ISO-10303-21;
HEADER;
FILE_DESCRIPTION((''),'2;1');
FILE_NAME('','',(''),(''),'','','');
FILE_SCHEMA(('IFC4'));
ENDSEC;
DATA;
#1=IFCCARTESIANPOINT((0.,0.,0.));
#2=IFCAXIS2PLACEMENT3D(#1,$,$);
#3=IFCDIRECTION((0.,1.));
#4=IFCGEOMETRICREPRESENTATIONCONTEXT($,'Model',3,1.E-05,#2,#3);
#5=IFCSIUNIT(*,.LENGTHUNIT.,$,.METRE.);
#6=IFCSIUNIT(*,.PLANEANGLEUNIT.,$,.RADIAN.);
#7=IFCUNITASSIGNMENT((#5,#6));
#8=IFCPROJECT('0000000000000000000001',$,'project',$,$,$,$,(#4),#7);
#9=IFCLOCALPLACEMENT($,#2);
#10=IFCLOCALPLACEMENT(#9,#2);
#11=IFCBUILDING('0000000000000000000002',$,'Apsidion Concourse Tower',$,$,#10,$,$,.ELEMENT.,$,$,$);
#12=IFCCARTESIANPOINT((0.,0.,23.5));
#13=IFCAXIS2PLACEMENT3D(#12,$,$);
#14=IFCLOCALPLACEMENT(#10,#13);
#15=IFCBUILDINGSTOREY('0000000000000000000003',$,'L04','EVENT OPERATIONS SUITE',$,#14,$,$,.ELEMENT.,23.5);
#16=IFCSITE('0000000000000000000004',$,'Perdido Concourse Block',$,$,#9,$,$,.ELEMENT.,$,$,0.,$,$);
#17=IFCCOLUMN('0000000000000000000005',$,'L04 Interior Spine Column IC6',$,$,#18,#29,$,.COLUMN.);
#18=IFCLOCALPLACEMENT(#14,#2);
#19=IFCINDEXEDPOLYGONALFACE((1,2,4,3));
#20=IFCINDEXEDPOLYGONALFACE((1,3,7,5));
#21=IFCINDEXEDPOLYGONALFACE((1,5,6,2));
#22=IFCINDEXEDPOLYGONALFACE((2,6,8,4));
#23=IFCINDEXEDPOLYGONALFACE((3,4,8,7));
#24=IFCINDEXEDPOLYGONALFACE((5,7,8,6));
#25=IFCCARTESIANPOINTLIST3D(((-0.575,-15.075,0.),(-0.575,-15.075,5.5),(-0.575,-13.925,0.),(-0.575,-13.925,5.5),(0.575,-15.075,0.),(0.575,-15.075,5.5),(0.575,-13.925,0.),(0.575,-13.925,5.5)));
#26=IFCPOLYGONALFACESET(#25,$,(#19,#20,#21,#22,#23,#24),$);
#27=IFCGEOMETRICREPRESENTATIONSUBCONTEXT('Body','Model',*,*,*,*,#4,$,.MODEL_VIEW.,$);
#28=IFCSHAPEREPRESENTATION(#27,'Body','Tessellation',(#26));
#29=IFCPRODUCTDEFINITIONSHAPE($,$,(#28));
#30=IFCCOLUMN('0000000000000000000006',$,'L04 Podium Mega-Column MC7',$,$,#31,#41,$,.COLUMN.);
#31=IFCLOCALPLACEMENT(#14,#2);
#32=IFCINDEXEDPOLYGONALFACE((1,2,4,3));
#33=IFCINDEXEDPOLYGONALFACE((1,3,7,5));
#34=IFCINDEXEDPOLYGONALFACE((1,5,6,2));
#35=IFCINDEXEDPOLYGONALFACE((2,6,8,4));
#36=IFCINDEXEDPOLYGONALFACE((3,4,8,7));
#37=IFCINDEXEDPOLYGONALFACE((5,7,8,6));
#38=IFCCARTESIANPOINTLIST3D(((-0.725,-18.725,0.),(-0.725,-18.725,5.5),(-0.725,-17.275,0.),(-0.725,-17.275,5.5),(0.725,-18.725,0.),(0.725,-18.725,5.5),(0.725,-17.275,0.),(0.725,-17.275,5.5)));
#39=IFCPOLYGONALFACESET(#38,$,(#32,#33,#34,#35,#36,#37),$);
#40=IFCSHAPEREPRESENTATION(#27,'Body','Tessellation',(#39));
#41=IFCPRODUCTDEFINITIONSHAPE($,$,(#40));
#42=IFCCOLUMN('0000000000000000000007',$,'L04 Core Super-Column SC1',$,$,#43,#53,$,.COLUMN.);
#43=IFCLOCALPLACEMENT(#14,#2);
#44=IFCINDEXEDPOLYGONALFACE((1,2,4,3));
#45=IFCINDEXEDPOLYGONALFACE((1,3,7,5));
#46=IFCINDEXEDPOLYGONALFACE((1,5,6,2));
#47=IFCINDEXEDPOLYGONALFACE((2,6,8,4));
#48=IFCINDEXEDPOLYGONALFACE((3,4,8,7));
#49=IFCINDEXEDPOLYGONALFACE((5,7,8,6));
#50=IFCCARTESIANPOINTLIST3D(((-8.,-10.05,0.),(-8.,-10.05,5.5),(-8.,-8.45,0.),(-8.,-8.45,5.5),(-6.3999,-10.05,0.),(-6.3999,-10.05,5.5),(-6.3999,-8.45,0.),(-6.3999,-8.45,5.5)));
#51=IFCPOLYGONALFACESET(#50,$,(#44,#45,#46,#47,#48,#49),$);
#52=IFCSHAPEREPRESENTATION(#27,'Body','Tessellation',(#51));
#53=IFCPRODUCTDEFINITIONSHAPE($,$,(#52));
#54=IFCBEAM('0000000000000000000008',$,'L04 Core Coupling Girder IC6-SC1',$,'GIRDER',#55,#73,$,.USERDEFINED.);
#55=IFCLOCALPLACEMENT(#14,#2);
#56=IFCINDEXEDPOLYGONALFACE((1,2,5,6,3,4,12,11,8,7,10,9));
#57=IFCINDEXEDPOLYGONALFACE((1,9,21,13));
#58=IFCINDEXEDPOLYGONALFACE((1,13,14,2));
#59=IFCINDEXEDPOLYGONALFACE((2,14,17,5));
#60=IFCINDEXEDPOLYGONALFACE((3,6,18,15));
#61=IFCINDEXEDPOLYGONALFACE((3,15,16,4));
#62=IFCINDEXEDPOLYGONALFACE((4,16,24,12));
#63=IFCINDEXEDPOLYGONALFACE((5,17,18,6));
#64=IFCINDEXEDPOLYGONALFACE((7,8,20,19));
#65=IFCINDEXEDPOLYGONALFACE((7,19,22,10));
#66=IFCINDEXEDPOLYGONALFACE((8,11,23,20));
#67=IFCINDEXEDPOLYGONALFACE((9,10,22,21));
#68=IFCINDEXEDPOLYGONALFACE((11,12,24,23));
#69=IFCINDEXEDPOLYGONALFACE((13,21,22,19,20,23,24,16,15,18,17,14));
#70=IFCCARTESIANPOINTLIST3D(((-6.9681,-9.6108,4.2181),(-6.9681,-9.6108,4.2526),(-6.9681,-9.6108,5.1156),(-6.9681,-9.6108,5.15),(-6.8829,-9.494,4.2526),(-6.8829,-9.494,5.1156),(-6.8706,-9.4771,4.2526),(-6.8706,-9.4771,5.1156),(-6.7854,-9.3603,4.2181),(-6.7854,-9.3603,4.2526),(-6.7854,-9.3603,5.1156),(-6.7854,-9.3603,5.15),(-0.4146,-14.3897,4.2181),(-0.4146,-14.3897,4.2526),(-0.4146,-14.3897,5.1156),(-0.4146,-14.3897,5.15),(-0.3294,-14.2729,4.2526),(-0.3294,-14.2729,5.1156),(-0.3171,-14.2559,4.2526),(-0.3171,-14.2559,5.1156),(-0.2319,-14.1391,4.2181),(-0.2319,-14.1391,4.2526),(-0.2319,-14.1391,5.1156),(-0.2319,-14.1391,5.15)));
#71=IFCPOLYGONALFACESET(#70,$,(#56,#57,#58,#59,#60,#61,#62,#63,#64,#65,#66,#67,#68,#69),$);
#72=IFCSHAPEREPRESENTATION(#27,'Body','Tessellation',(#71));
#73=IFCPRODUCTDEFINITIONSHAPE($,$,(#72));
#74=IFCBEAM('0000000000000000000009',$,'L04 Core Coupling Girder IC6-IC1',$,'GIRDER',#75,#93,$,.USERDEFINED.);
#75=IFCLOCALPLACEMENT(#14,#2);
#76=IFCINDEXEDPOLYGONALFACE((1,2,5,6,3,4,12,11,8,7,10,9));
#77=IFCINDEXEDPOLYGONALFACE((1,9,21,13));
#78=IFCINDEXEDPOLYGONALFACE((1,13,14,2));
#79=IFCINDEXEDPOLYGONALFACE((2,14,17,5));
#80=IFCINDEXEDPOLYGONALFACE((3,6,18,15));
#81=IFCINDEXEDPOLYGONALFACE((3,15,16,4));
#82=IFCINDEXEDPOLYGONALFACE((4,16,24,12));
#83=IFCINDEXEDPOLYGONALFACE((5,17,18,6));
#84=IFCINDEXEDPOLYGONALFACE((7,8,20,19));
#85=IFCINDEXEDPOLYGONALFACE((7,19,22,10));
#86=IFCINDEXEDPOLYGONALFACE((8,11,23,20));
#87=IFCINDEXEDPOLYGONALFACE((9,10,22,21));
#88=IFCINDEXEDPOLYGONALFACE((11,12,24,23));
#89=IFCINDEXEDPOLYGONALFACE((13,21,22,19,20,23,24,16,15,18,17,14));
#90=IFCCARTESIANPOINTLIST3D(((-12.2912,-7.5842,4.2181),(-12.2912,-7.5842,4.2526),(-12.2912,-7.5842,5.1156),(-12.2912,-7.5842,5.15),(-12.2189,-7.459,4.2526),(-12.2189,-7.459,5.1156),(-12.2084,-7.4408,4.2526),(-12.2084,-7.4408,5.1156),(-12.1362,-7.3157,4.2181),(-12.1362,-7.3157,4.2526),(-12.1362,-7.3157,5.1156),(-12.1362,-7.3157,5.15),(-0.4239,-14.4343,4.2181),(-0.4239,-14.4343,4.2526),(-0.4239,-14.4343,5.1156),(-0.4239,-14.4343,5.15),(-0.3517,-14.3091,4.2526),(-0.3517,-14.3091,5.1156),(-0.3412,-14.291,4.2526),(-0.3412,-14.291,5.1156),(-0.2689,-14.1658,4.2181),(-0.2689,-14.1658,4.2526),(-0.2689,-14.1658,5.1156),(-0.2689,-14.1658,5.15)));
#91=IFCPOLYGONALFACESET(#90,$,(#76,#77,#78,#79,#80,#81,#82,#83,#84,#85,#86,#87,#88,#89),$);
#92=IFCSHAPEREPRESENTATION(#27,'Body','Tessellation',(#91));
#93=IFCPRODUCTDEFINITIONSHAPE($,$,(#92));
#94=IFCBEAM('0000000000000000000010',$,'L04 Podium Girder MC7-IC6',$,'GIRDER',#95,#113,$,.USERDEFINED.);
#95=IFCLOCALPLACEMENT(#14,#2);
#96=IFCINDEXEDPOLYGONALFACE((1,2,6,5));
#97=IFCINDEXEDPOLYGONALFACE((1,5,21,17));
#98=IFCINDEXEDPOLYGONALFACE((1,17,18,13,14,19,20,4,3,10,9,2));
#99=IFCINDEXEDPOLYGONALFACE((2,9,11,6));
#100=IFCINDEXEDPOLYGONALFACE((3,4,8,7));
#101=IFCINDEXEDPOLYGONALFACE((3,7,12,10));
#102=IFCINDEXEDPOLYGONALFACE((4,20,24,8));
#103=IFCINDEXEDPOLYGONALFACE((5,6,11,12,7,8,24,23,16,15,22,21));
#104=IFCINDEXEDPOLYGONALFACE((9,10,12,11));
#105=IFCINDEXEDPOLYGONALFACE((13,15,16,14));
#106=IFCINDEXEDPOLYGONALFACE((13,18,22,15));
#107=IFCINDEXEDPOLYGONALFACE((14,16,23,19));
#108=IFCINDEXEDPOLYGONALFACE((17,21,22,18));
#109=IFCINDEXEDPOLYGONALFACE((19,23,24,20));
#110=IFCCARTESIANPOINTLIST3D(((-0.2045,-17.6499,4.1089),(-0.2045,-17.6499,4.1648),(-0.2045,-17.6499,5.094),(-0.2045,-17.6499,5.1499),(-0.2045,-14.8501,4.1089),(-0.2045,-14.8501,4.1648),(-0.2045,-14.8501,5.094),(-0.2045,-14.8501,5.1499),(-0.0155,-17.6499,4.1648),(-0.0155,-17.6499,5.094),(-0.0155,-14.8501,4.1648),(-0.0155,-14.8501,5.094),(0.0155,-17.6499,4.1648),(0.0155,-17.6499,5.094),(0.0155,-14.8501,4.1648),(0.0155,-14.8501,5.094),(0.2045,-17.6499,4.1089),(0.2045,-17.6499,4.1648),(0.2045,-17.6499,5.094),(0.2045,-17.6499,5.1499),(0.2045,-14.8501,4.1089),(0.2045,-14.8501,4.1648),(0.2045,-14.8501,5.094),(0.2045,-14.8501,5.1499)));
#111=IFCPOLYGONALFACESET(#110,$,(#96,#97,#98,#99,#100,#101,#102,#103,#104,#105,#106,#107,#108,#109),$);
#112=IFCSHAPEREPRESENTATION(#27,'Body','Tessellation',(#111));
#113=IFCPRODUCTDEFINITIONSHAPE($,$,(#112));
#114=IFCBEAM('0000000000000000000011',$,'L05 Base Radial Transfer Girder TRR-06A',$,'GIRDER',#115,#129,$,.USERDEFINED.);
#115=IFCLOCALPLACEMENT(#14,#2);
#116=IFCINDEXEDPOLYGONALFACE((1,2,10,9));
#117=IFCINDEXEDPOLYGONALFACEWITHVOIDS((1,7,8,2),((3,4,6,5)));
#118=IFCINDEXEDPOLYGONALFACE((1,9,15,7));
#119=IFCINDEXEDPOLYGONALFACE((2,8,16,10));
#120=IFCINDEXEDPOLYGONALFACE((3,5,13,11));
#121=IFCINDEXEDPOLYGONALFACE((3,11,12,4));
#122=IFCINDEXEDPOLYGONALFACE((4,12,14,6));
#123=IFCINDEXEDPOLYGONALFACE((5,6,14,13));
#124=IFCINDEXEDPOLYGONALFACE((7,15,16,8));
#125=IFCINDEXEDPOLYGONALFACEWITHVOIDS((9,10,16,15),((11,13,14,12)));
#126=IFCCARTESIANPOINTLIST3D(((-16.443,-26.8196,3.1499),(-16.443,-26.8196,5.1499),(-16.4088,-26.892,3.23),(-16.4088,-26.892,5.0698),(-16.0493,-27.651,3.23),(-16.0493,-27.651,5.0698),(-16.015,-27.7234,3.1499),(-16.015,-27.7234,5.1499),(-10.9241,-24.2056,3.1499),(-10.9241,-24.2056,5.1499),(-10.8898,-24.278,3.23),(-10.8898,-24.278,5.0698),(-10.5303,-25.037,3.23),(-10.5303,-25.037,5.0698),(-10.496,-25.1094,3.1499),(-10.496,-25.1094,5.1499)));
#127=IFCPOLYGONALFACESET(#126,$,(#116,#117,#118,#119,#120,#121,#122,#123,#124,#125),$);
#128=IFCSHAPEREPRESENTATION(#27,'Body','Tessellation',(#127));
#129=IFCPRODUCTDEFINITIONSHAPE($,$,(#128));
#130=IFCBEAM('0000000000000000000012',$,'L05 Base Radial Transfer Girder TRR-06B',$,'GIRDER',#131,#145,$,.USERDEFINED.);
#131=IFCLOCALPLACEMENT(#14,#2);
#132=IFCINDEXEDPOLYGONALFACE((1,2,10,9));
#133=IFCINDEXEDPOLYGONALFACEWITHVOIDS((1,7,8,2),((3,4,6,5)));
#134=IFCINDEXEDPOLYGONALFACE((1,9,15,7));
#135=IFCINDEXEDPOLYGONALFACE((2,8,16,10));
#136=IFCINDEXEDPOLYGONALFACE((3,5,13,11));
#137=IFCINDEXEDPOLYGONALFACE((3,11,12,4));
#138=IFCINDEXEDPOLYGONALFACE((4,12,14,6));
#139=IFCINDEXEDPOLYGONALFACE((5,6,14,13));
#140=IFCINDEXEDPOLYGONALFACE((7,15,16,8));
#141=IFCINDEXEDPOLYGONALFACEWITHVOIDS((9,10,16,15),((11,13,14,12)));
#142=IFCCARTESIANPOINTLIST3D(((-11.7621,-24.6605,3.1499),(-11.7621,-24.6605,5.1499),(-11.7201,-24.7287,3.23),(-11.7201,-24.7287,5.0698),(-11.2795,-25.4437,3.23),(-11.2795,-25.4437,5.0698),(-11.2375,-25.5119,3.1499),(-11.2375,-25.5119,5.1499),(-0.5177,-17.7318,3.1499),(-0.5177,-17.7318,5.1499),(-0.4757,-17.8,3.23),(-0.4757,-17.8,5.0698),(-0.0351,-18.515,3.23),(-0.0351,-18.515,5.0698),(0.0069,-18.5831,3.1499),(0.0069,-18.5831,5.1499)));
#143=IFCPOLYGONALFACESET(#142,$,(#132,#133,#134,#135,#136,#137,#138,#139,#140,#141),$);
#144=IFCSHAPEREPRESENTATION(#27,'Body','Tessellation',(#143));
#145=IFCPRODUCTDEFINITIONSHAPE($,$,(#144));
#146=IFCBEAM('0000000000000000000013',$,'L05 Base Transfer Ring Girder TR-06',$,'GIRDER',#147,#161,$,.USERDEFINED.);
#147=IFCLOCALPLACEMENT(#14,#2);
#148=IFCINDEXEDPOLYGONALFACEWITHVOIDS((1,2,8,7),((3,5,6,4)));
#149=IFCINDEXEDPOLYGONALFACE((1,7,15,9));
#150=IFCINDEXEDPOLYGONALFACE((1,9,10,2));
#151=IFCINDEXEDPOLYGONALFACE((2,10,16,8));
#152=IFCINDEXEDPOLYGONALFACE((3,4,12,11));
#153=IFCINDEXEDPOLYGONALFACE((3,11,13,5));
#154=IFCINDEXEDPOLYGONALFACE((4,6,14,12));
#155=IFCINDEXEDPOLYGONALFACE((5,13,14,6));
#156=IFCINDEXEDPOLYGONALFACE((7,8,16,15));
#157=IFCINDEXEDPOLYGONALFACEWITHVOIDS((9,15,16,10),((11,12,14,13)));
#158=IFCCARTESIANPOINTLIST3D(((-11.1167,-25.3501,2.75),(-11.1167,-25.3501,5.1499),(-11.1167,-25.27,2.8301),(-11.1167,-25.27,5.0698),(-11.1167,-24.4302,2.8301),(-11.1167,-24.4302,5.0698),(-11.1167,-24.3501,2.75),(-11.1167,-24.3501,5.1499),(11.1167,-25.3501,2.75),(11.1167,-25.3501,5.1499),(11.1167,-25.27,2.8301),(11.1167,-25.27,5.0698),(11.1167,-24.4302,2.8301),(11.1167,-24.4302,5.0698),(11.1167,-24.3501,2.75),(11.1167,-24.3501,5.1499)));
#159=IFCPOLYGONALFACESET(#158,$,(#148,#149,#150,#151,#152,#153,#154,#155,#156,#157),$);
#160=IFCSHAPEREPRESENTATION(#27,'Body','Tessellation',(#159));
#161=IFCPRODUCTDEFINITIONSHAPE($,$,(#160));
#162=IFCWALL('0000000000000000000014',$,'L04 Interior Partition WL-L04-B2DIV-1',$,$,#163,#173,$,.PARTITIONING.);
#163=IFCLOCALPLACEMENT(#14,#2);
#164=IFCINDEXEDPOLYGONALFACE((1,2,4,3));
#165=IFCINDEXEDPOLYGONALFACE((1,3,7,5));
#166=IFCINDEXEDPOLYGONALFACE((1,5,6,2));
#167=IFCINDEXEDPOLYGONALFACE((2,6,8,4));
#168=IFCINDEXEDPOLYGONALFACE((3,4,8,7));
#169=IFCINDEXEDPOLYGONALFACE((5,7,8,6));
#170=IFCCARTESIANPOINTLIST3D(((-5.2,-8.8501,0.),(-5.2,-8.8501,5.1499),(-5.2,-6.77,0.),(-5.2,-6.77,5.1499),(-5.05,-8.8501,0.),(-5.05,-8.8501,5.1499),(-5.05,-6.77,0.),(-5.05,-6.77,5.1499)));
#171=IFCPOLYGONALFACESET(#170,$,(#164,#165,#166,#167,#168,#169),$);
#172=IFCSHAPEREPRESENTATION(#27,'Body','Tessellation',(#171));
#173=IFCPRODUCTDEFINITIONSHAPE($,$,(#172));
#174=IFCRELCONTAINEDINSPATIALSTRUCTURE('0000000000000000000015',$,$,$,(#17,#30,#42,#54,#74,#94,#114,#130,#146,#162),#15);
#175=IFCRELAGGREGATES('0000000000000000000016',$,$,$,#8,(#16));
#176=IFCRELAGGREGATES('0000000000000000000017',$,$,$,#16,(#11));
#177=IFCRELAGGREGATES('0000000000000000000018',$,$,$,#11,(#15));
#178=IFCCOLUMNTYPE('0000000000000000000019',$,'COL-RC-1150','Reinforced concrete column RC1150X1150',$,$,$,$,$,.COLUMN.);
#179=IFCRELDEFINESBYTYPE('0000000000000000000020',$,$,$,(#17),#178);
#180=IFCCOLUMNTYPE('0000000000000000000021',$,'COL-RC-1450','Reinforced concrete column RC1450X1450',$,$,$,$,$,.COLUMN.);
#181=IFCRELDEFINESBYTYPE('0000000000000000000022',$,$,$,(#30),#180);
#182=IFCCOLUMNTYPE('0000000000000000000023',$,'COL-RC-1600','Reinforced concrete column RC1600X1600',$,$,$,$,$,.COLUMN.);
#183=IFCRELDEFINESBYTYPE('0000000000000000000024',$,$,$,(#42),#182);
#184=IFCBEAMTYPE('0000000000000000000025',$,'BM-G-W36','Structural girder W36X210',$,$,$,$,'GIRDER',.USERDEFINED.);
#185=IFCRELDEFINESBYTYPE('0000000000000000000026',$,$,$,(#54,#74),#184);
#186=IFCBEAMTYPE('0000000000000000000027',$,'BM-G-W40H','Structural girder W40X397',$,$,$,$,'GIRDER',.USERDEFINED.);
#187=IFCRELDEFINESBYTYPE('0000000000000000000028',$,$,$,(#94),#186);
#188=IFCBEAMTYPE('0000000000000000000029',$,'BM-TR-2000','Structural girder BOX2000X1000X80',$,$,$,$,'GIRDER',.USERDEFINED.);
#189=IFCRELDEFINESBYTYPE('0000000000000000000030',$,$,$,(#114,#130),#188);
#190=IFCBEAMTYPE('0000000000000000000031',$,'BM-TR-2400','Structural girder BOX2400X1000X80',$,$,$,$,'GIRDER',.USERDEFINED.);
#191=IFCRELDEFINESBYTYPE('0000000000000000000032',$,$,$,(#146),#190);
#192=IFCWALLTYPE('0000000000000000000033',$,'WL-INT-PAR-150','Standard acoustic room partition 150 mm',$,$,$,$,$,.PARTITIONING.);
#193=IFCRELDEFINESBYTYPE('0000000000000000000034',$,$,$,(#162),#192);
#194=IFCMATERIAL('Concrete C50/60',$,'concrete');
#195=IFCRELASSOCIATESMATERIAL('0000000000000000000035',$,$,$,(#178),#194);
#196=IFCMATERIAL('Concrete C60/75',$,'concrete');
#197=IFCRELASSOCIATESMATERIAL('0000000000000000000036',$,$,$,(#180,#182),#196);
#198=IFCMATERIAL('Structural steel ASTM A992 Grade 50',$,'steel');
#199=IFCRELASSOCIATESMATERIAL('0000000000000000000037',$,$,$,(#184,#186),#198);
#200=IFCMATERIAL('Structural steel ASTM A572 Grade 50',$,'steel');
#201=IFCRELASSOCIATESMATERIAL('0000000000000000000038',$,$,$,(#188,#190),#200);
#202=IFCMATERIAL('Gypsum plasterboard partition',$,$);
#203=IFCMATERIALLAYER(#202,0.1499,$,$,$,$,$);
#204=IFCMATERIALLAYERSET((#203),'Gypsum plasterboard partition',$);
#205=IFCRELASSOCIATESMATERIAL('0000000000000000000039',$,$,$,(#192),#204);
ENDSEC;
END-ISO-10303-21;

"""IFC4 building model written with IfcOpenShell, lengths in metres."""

from ifc_helpers import new_model, si_unit, direction, frame, frame_2d, origin, origin_2d, place, context, subcontext, project, spatial, rectangle, hollow_rectangle, i_section, extrude, material, layer, layer_set, material_profile, profile_set, type_object, element, save


model = new_model("IFC4")

# Units and contexts
model_context = context("Model", 3, precision=1e-05, world=origin(), true_north=direction((0.0, 1.0)))
body_context = subcontext(model_context, "Body", "Model", "MODEL_VIEW")
ifc_project = project(units=[si_unit("LENGTHUNIT", "METRE"), si_unit("PLANEANGLEUNIT", "RADIAN")], contexts=[model_context])

# Site, building, storey
site_placement = place(None, origin())
site = spatial("IfcSite", under=ifc_project, at=site_placement, Name="Perdido Concourse Block", CompositionType="ELEMENT", RefElevation=0.0)
building_placement = place(site_placement, origin())
building = spatial("IfcBuilding", under=site, at=building_placement, Name="Apsidion Concourse Tower", CompositionType="ELEMENT")
storey_placement = place(building_placement, frame((0.0, 0.0, 23.5)))
storey = spatial("IfcBuildingStorey", under=building, at=storey_placement, Name="L04", Description="EVENT OPERATIONS SUITE", CompositionType="ELEMENT", Elevation=23.5)

# Columns
ifc_material_1 = material(Name="Concrete C50/60", Category="concrete")
ifc_material_profile_1 = material_profile(ifc_material_1, rectangle(XDim=1.1499, YDim=1.1499, at=origin_2d()), Name="RC 1150x1150")
ifc_profile_set_1 = profile_set([ifc_material_profile_1], Name="Concrete C50/60")
column_type_1 = type_object("IfcColumnType", Name="COL-RC-1150", Description="Reinforced concrete column RC1150X1150", PredefinedType="COLUMN", material=ifc_profile_set_1)
column_1_placement = place(storey_placement, frame((0.0, -14.5, 0.0), z_axis=(0.0, 0.0, 1.0), x_axis=(1.0, 0.0, 0.0)))
element("IfcColumn", 1, at=column_1_placement, inside=storey, type_object=column_type_1, Name="L04 Interior Spine Column IC6", PredefinedType="COLUMN", context=body_context, shape_type="SweptSolid", body=[
    extrude(rectangle(XDim=1.1499, YDim=1.1499, at=origin_2d()), origin(), (0.0, 0.0, 1.0), 5.5),
])
ifc_material_2 = material(Name="Concrete C60/75", Category="concrete")
ifc_material_profile_2 = material_profile(ifc_material_2, rectangle(XDim=1.45, YDim=1.45, at=origin_2d()), Name="RC 1450x1450")
ifc_profile_set_2 = profile_set([ifc_material_profile_2], Name="Concrete C60/75")
column_type_2 = type_object("IfcColumnType", Name="COL-RC-1450", Description="Reinforced concrete column RC1450X1450", PredefinedType="COLUMN", material=ifc_profile_set_2)
column_2_placement = place(storey_placement, frame((0.0, -18.0, 0.0), z_axis=(0.0, 0.0, 1.0), x_axis=(1.0, 0.0, 0.0)))
element("IfcColumn", 2, at=column_2_placement, inside=storey, type_object=column_type_2, Name="L04 Podium Mega-Column MC7", PredefinedType="COLUMN", context=body_context, shape_type="SweptSolid", body=[
    extrude(rectangle(XDim=1.45, YDim=1.45, at=origin_2d()), origin(), (0.0, 0.0, 1.0), 5.5),
])
ifc_material_profile_3 = material_profile(ifc_material_2, rectangle(XDim=1.6001, YDim=1.6001, at=origin_2d()), Name="RC 1600x1600")
ifc_profile_set_3 = profile_set([ifc_material_profile_3], Name="Concrete C60/75")
column_type_3 = type_object("IfcColumnType", Name="COL-RC-1600", Description="Reinforced concrete column RC1600X1600", PredefinedType="COLUMN", material=ifc_profile_set_3)
column_3_placement = place(storey_placement, frame((-7.2, -9.25, 0.0), z_axis=(0.0, 0.0, 1.0), x_axis=(1.0, 0.0, 0.0)))
element("IfcColumn", 3, at=column_3_placement, inside=storey, type_object=column_type_3, Name="L04 Core Super-Column SC1", PredefinedType="COLUMN", context=body_context, shape_type="SweptSolid", body=[
    extrude(rectangle(XDim=1.6001, YDim=1.6001, at=origin_2d()), origin(), (0.0, 0.0, 1.0), 5.5),
])

# Beams
ifc_material_3 = material(Name="Structural steel ASTM A992 Grade 50", Category="steel")
ifc_material_profile_4 = material_profile(ifc_material_3, i_section(OverallWidth=0.3101, OverallDepth=0.9319, WebThickness=0.021, FlangeThickness=0.0344, at=origin_2d()), Name="W36X210")
ifc_profile_set_4 = profile_set([ifc_material_profile_4], Name="Structural steel ASTM A992 Grade 50")
beam_type_1 = type_object("IfcBeamType", Name="BM-G-W36", Description="Structural girder W36X210", ElementType="GIRDER", PredefinedType="USERDEFINED", material=ifc_profile_set_4)
beam_1_placement = place(storey_placement, frame((-0.3232, -14.2644, 4.6841), z_axis=(-0.807993, 0.589191, 0.0), x_axis=(-0.589191, -0.807993, 0.0)))
element("IfcBeam", 4, at=beam_1_placement, inside=storey, type_object=beam_type_1, Name="L04 Core Coupling Girder IC6-SC1", ObjectType="GIRDER", PredefinedType="USERDEFINED", context=body_context, shape_type="SweptSolid", body=[
    extrude(i_section(OverallWidth=0.3101, OverallDepth=0.9319, WebThickness=0.021, FlangeThickness=0.0344, at=origin_2d()), origin(), (0.0, 0.0, 1.0), 8.1108),
])
beam_2_placement = place(storey_placement, frame((-0.3464, -14.3, 4.6841), z_axis=(-0.86607, 0.499922, 0.0), x_axis=(-0.499922, -0.86607, 0.0)))
element("IfcBeam", 5, at=beam_2_placement, inside=storey, type_object=beam_type_1, Name="L04 Core Coupling Girder IC6-IC1", ObjectType="GIRDER", PredefinedType="USERDEFINED", context=body_context, shape_type="SweptSolid", body=[
    extrude(i_section(OverallWidth=0.3101, OverallDepth=0.9319, WebThickness=0.021, FlangeThickness=0.0344, at=origin_2d()), origin(), (0.0, 0.0, 1.0), 13.7024),
])
ifc_material_profile_5 = material_profile(ifc_material_3, i_section(OverallWidth=0.4089, OverallDepth=1.041, WebThickness=0.031, FlangeThickness=0.0559, at=origin_2d()), Name="W40X397")
ifc_profile_set_5 = profile_set([ifc_material_profile_5], Name="Structural steel ASTM A992 Grade 50")
beam_type_2 = type_object("IfcBeamType", Name="BM-G-W40H", Description="Structural girder W40X397", ElementType="GIRDER", PredefinedType="USERDEFINED", material=ifc_profile_set_5)
beam_3_placement = place(storey_placement, frame((0.0, -17.6499, 4.6294), z_axis=(0.0, 1.0, 0.0), x_axis=(-1.0, 0.0, 0.0)))
element("IfcBeam", 6, at=beam_3_placement, inside=storey, type_object=beam_type_2, Name="L04 Podium Girder MC7-IC6", ObjectType="GIRDER", PredefinedType="USERDEFINED", context=body_context, shape_type="SweptSolid", body=[
    extrude(i_section(OverallWidth=0.4089, OverallDepth=1.041, WebThickness=0.031, FlangeThickness=0.0559, at=origin_2d()), origin(), (0.0, 0.0, 1.0), 2.7998),
])
ifc_material_4 = material(Name="Structural steel ASTM A572 Grade 50", Category="steel")
ifc_material_profile_6 = material_profile(ifc_material_4, hollow_rectangle(XDim=1.0, YDim=2.0, WallThickness=0.0801, at=origin_2d()), Name="BOX2000X1000X80")
ifc_profile_set_6 = profile_set([ifc_material_profile_6], Name="Structural steel ASTM A572 Grade 50")
beam_type_3 = type_object("IfcBeamType", Name="BM-TR-2000", Description="Structural girder BOX2000X1000X80", ElementType="GIRDER", PredefinedType="USERDEFINED", material=ifc_profile_set_6)
beam_4_placement = place(storey_placement, frame((-16.229, -27.2715, 4.1499), z_axis=(0.903755, 0.42805, 0.0), x_axis=(-0.42805, 0.903755, 0.0)))
element("IfcBeam", 7, at=beam_4_placement, inside=storey, type_object=beam_type_3, Name="L05 Base Radial Transfer Girder TRR-06A", ObjectType="GIRDER", PredefinedType="USERDEFINED", context=body_context, shape_type="SweptSolid", body=[
    extrude(hollow_rectangle(XDim=1.0, YDim=2.0, WallThickness=0.0801, at=origin_2d()), origin(), (0.0, 0.0, 1.0), 6.1067),
])
beam_5_placement = place(storey_placement, frame((-0.2554, -18.1575, 4.1499), z_axis=(-0.851351, -0.524597, 0.0), x_axis=(0.524597, -0.851351, 0.0)))
element("IfcBeam", 8, at=beam_5_placement, inside=storey, type_object=beam_type_3, Name="L05 Base Radial Transfer Girder TRR-06B", ObjectType="GIRDER", PredefinedType="USERDEFINED", context=body_context, shape_type="SweptSolid", body=[
    extrude(hollow_rectangle(XDim=1.0, YDim=2.0, WallThickness=0.0801, at=origin_2d()), origin(), (0.0, 0.0, 1.0), 13.2078),
])
ifc_material_profile_7 = material_profile(ifc_material_4, hollow_rectangle(XDim=1.0, YDim=2.3999, WallThickness=0.0801, at=origin_2d()), Name="BOX2400X1000X80")
ifc_profile_set_7 = profile_set([ifc_material_profile_7], Name="Structural steel ASTM A572 Grade 50")
beam_type_4 = type_object("IfcBeamType", Name="BM-TR-2400", Description="Structural girder BOX2400X1000X80", ElementType="GIRDER", PredefinedType="USERDEFINED", material=ifc_profile_set_7)
beam_6_placement = place(storey_placement, frame((-11.1167, -24.8501, 3.95), z_axis=(1.0, 0.0, 0.0), x_axis=(0.0, 1.0, 0.0)))
element("IfcBeam", 9, at=beam_6_placement, inside=storey, type_object=beam_type_4, Name="L05 Base Transfer Ring Girder TR-06", ObjectType="GIRDER", PredefinedType="USERDEFINED", context=body_context, shape_type="SweptSolid", body=[
    extrude(hollow_rectangle(XDim=1.0, YDim=2.3999, WallThickness=0.0801, at=origin_2d()), origin(), (0.0, 0.0, 1.0), 22.2334),
])

# Wall
ifc_material_5 = material(Name="Gypsum plasterboard partition")
ifc_layer_1 = layer(ifc_material_5, 0.1499)
ifc_layer_set_1 = layer_set([ifc_layer_1], Name="Gypsum plasterboard partition")
wall_type_1 = type_object("IfcWallType", Name="WL-INT-PAR-150", Description="Standard acoustic room partition 150 mm", PredefinedType="PARTITIONING", material=ifc_layer_set_1)
for number, where, z_axis, x_axis, name in (
    (10, (-5.125, -8.8501, 0.0), (0.0, 0.0, 1.0), (0.0, 1.0, 0.0), "L04 Interior Partition WL-L04-B2DIV-1"),
):
    element("IfcWall", number, at=place(storey_placement, frame(where, z_axis=z_axis, x_axis=x_axis)), inside=storey, type_object=wall_type_1, Name=name, PredefinedType="PARTITIONING", context=body_context, shape_type="SweptSolid", body=[
        extrude(rectangle(XDim=2.0801, YDim=0.1499, at=frame_2d((1.04, 0.0))), origin(), (0.0, 0.0, 1.0), 5.1499),
    ])

save(model, "model.ifc")
